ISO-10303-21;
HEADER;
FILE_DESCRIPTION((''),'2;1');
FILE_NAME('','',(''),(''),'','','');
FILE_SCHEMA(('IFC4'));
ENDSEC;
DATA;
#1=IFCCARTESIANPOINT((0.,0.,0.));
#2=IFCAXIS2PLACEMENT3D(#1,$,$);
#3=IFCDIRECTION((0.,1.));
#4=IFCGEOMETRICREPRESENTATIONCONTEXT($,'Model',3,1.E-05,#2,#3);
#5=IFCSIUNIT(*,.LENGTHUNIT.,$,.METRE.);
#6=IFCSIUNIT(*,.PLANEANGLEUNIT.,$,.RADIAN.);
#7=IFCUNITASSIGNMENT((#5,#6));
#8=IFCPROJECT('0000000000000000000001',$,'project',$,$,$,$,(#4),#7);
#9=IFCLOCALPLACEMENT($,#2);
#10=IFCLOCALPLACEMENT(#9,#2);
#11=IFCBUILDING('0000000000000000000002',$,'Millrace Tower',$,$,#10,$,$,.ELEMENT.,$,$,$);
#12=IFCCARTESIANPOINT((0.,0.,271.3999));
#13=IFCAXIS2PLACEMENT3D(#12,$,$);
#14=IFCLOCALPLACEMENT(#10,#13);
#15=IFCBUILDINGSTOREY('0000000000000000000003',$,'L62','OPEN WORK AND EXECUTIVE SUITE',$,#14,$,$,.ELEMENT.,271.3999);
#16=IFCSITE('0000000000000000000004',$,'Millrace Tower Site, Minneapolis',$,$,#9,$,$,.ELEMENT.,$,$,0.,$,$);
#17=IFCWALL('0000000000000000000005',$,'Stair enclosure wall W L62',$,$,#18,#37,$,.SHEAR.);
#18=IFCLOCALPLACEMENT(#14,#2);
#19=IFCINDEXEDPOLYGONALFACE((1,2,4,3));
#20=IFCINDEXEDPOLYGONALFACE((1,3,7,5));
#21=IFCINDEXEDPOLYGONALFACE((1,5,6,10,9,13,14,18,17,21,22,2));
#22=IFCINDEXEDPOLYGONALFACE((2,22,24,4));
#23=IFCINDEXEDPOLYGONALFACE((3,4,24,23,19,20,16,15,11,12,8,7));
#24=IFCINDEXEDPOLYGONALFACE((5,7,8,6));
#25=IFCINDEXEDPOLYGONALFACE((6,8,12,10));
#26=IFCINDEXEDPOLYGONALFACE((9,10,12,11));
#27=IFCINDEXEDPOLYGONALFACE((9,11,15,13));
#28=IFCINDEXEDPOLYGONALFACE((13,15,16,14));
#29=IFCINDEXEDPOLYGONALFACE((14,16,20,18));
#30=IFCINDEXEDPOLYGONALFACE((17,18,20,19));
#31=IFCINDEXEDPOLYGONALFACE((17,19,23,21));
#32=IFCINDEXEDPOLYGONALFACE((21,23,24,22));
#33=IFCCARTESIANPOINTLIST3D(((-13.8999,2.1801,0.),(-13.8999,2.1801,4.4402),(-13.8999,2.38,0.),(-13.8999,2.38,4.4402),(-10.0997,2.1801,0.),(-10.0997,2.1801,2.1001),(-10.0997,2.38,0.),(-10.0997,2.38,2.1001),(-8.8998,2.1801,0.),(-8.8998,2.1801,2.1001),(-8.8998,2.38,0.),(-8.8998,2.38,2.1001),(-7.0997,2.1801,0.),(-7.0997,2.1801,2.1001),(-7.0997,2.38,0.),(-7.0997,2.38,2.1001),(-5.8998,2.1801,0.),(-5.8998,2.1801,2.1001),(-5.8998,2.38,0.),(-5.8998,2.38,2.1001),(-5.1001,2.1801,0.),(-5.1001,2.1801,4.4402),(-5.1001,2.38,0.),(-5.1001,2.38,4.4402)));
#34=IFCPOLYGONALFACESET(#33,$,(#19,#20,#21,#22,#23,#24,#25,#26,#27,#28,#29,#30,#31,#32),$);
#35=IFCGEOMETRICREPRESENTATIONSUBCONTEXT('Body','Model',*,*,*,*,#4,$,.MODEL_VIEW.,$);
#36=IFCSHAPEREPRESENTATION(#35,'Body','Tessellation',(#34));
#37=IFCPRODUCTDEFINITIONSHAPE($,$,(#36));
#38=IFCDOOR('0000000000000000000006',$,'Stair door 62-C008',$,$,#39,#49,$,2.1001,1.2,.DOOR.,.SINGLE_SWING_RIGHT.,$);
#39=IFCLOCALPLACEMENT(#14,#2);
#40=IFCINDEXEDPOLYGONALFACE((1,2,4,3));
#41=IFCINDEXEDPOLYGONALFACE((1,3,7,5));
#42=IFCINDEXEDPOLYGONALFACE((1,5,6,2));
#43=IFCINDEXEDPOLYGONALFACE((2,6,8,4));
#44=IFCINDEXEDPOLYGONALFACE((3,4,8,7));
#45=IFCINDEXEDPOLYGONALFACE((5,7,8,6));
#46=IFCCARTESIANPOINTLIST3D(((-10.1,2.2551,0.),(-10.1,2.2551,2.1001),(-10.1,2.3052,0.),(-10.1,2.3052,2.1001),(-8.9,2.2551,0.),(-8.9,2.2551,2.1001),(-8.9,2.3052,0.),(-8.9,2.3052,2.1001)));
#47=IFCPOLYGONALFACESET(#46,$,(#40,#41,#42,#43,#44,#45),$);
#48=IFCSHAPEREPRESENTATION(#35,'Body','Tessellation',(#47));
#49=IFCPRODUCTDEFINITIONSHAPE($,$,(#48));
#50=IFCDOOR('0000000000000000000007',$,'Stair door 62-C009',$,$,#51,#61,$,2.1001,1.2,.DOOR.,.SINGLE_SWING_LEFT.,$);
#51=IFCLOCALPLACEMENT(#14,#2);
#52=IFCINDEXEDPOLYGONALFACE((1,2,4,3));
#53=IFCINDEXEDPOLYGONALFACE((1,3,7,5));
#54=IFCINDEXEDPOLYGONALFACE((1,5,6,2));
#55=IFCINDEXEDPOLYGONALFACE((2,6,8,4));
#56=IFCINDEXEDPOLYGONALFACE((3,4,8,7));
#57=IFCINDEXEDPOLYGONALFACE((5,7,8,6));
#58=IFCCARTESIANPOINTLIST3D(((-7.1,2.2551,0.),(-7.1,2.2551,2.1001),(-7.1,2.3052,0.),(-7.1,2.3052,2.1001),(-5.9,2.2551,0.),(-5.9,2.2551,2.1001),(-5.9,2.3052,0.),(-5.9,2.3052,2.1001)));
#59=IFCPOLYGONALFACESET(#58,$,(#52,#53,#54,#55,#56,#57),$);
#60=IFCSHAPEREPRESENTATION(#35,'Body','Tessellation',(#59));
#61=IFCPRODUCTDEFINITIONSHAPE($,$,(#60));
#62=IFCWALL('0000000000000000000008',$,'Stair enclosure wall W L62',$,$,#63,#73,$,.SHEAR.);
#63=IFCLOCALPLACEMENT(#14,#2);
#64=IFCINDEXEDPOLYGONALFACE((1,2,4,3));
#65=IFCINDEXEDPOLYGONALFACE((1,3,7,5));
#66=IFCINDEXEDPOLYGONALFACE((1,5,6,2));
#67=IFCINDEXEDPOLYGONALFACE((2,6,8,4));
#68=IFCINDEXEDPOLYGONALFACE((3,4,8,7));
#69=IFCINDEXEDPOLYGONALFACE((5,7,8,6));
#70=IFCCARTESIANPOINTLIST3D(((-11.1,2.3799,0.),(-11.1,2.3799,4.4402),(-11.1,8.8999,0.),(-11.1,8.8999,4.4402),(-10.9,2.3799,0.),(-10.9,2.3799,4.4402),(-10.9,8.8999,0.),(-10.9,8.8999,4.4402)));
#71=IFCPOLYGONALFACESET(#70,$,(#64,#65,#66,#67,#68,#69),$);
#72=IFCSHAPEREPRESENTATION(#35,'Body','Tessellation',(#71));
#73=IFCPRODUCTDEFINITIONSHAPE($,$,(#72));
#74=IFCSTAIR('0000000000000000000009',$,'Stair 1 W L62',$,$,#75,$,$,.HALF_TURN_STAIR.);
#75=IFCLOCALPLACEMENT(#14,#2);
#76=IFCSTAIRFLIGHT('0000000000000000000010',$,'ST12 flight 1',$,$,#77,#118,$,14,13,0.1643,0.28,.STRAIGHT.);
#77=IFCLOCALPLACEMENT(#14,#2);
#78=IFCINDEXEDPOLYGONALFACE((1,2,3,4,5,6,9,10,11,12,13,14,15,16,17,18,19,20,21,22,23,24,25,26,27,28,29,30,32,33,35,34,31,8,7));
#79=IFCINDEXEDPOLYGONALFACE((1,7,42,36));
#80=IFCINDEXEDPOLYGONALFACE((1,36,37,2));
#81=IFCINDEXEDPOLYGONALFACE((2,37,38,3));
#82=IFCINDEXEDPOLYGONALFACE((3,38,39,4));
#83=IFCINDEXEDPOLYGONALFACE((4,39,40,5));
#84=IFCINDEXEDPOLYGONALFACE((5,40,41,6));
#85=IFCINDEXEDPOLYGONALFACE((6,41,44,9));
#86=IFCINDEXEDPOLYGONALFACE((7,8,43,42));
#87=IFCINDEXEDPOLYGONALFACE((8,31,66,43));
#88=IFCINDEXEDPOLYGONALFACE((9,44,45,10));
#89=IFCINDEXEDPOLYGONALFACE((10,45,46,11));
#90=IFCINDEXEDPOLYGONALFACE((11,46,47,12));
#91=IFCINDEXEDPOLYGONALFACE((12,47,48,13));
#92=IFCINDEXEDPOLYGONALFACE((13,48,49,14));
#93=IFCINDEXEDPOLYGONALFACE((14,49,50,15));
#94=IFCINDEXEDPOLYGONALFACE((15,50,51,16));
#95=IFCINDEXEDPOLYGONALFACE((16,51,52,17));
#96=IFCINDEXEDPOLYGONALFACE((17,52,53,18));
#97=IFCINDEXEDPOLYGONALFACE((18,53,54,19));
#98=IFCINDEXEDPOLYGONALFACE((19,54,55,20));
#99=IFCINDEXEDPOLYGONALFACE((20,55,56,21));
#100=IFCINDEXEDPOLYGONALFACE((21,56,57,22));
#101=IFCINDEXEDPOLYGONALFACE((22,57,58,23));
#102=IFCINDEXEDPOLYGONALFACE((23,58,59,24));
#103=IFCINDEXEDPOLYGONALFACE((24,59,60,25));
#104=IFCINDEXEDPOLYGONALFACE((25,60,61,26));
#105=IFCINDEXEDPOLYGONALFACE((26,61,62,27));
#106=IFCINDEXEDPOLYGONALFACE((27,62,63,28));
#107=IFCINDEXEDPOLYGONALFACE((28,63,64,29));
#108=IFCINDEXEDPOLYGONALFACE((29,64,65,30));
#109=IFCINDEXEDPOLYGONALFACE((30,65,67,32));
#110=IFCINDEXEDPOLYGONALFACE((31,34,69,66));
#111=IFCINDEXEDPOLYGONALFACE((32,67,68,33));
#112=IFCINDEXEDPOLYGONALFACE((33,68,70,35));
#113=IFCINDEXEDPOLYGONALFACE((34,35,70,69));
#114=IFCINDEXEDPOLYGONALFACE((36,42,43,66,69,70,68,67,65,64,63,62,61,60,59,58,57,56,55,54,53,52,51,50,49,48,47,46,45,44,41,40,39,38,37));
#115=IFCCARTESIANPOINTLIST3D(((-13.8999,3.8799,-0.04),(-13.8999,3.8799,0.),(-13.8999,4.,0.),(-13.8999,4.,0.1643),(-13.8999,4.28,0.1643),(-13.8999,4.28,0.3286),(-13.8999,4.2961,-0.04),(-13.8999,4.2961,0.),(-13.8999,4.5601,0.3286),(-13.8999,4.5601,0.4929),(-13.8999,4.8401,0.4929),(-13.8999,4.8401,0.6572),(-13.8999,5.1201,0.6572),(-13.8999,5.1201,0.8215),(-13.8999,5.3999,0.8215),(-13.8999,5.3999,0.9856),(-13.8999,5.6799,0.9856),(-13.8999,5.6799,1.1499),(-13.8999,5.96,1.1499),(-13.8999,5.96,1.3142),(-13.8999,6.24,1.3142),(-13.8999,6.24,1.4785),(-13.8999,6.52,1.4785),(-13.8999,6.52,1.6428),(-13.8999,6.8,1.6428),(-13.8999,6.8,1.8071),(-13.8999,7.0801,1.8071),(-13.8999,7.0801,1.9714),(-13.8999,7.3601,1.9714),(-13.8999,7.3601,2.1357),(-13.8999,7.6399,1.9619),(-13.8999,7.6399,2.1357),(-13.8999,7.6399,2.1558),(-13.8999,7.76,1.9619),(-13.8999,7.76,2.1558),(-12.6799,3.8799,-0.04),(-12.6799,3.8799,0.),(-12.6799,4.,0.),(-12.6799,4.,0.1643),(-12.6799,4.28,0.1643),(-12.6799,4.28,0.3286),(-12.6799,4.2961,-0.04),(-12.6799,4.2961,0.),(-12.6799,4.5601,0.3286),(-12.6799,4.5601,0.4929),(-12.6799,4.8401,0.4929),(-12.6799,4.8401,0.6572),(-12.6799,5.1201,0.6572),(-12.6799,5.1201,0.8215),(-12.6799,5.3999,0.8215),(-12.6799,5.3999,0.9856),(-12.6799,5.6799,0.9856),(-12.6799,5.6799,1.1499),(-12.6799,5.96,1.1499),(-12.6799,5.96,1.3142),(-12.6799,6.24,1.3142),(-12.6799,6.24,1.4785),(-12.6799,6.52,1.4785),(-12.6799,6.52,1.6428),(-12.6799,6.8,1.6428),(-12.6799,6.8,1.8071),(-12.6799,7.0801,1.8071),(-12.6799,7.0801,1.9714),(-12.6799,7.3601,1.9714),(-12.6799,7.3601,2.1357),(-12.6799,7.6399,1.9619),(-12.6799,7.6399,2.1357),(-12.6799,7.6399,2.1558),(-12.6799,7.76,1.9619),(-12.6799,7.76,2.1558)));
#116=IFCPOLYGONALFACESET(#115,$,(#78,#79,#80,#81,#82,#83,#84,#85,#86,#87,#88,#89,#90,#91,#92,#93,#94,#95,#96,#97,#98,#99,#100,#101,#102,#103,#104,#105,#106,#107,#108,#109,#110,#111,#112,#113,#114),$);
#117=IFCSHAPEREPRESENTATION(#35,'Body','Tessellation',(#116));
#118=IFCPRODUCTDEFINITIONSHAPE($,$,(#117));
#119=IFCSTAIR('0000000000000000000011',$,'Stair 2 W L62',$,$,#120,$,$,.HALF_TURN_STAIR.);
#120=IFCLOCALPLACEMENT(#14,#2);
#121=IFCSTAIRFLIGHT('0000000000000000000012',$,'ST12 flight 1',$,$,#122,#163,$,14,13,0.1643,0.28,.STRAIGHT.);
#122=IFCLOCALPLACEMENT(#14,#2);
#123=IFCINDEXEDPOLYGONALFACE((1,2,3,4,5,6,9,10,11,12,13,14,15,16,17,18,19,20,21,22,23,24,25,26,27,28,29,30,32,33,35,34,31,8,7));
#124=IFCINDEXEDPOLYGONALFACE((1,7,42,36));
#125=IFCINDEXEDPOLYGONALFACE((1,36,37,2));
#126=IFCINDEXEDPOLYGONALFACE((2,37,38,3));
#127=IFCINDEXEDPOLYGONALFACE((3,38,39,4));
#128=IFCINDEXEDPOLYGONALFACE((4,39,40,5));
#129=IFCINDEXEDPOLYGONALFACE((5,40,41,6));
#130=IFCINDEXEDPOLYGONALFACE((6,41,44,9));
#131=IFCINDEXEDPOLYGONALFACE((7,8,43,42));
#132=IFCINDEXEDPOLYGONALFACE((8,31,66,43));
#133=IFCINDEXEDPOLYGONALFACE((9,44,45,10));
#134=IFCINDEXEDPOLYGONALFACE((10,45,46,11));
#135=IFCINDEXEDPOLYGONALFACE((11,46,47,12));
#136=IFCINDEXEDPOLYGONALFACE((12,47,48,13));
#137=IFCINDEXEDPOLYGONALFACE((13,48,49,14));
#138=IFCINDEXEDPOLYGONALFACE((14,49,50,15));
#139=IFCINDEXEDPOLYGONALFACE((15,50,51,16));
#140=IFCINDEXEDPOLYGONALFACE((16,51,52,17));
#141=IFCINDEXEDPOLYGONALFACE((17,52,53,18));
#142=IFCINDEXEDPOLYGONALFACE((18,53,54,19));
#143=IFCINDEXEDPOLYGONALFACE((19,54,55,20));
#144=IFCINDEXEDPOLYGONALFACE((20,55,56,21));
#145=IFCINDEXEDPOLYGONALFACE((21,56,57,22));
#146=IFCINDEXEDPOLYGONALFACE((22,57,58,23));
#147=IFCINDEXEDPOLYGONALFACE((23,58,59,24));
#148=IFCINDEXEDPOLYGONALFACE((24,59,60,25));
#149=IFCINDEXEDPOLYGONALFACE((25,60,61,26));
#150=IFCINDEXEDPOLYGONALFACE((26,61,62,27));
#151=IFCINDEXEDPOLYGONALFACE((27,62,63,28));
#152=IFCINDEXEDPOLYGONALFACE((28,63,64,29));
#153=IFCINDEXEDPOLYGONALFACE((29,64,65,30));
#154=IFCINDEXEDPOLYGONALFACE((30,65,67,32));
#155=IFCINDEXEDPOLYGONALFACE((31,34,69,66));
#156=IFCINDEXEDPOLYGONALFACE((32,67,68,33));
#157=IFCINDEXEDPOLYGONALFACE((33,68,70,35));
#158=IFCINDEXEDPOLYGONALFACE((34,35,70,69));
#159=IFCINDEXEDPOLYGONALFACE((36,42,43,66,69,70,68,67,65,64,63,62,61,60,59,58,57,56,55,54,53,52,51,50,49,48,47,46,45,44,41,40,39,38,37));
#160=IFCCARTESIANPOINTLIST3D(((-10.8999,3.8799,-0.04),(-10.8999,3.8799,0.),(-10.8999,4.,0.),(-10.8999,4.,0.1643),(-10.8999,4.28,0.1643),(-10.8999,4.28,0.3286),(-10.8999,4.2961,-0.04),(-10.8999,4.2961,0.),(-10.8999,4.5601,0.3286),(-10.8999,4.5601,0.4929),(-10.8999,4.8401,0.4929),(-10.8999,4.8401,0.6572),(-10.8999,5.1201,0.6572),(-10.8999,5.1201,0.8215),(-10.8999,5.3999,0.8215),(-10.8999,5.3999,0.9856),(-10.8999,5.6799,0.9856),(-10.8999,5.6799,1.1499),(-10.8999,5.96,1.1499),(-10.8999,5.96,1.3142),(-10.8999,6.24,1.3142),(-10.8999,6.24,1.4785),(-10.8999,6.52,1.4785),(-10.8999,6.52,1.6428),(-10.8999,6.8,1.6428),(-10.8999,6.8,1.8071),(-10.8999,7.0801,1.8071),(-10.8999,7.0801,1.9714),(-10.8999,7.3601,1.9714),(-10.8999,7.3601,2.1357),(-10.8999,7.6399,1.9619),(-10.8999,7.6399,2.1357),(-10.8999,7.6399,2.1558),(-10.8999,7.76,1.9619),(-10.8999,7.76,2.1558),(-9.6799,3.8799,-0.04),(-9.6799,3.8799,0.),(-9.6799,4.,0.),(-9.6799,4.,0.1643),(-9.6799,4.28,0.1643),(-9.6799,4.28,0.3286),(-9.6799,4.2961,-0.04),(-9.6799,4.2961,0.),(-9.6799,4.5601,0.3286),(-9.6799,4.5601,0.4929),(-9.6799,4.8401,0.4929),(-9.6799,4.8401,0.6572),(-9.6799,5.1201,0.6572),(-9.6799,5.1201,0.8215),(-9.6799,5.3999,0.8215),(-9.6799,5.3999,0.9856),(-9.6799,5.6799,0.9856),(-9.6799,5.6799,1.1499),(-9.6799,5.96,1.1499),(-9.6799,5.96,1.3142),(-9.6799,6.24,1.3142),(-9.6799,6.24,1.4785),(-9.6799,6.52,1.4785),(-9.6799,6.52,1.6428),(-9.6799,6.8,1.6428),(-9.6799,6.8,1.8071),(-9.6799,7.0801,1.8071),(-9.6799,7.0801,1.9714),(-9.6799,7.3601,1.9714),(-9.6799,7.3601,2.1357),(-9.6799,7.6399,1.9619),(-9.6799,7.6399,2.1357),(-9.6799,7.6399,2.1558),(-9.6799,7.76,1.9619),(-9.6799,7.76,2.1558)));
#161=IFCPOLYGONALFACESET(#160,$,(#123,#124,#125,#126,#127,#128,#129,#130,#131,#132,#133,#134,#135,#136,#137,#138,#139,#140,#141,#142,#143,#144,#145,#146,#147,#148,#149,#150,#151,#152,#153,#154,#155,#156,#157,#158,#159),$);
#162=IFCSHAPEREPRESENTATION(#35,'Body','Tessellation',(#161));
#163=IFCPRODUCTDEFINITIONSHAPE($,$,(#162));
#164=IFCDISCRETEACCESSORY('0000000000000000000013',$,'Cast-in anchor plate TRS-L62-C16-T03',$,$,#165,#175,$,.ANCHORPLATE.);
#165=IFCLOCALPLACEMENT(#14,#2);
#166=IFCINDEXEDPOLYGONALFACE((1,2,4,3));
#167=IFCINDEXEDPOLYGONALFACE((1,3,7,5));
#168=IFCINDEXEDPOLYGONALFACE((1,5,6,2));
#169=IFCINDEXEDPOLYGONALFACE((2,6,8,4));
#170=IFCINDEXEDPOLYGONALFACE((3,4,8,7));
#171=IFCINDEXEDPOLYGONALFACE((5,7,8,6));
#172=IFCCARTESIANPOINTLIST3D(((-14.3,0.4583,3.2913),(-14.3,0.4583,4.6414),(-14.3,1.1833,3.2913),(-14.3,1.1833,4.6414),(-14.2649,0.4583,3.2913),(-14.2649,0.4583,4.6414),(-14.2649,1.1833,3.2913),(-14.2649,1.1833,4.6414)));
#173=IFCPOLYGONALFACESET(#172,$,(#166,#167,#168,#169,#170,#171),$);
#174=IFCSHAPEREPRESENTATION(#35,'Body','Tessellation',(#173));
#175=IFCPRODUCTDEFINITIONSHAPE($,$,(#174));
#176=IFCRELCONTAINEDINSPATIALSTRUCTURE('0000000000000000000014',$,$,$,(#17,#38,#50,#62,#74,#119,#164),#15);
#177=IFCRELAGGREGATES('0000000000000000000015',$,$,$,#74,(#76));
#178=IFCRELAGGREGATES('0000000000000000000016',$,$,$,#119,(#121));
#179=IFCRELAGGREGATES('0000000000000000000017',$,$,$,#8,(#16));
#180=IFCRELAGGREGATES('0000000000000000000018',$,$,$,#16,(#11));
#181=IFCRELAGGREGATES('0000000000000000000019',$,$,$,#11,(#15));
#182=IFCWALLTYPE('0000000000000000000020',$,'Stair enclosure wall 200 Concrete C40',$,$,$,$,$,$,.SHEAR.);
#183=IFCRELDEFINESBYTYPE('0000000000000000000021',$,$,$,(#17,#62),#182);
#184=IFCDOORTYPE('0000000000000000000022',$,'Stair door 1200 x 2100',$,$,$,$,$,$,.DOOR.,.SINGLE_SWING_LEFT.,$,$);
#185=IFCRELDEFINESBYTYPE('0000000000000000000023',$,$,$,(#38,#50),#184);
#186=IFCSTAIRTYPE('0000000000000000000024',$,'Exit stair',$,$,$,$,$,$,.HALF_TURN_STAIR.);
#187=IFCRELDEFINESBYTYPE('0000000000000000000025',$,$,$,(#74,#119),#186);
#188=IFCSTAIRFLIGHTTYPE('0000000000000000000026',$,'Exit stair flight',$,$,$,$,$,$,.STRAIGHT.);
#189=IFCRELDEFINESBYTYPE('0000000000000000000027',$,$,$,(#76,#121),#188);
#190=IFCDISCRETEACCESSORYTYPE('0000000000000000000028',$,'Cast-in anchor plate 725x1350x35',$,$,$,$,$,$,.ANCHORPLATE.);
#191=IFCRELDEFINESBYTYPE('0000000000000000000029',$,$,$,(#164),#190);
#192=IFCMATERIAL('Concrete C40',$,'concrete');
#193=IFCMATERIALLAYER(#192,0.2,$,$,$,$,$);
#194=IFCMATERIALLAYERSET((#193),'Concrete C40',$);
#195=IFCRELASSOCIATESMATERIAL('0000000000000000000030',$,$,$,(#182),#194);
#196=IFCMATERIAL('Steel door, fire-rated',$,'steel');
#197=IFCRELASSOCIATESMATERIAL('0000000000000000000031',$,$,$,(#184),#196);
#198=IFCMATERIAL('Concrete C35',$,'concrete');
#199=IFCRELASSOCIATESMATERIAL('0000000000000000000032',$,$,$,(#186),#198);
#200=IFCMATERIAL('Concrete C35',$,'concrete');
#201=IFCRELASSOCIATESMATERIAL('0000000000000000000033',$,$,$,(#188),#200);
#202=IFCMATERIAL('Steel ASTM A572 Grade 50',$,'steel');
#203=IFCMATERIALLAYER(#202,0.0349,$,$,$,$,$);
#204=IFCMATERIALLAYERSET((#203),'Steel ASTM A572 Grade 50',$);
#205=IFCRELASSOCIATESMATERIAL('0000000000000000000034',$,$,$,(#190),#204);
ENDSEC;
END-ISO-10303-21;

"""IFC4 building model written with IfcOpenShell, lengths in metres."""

from ifc_helpers import new_model, si_unit, direction, frame, frame_2d, origin, origin_2d, place, context, subcontext, project, spatial, polyline, rectangle, outline, extrude, material, layer, layer_set, type_object, element, fill, aggregate, save


model = new_model("IFC4")

# Units and contexts
model_context = context("Model", 3, precision=1e-05, world=origin(), true_north=direction((0.0, 1.0)))
body_context = subcontext(model_context, "Body", "Model", "MODEL_VIEW")
ifc_project = project(units=[si_unit("LENGTHUNIT", "METRE"), si_unit("PLANEANGLEUNIT", "RADIAN")], contexts=[model_context])

# Site, building, storey
site_placement = place(None, origin())
site = spatial("IfcSite", under=ifc_project, at=site_placement, Name="Millrace Tower Site, Minneapolis", CompositionType="ELEMENT", RefElevation=0.0)
building_placement = place(site_placement, origin())
building = spatial("IfcBuilding", under=site, at=building_placement, Name="Millrace Tower", CompositionType="ELEMENT")
storey_placement = place(building_placement, frame((0.0, 0.0, 271.3999)))
storey = spatial("IfcBuildingStorey", under=building, at=storey_placement, Name="L62", Description="OPEN WORK AND EXECUTIVE SUITE", CompositionType="ELEMENT", Elevation=271.3999)

# Shared definitions
ifc_material_1 = material(Name="Concrete C40", Category="concrete")
ifc_layer_1 = layer(ifc_material_1, 0.2)
ifc_layer_set_1 = layer_set([ifc_layer_1], Name="Concrete C40")
wall_type_1 = type_object("IfcWallType", Name="Stair enclosure wall 200 Concrete C40", PredefinedType="SHEAR", material=ifc_layer_set_1)

# Wall, openings, doors
wall_1_placement = place(storey_placement, frame((-13.8999, 2.28, 0.0), z_axis=(0.0, 0.0, 1.0), x_axis=(1.0, 0.0, 0.0)))
wall_1 = element("IfcWall", 1, at=wall_1_placement, inside=storey, type_object=wall_type_1, Name="Stair enclosure wall W L62", PredefinedType="SHEAR", context=body_context, shape_type="SweptSolid", body=[
    extrude(rectangle(XDim=8.7998, YDim=0.2, at=frame_2d((4.3999, 0.0))), origin(), (0.0, 0.0, 1.0), 4.4402),
])
opening_1_placement = place(wall_1_placement, frame((3.8, 0.0, 0.0)))
opening_1 = element("IfcOpeningElement", 2, at=opening_1_placement, cuts=wall_1, PredefinedType="OPENING", context=body_context, shape_type="SweptSolid", body=[
    extrude(rectangle(XDim=1.2, YDim=2.1001, at=frame_2d((0.6001, 1.05))), frame((0.0, 0.1099, 0.0), z_axis=(0.0, -1.0, 0.0), x_axis=(1.0, 0.0, 0.0)), (0.0, 0.0, 1.0), 0.22),
])
opening_2_placement = place(wall_1_placement, frame((6.8, 0.0, 0.0)))
opening_2 = element("IfcOpeningElement", 3, at=opening_2_placement, cuts=wall_1, PredefinedType="OPENING", context=body_context, shape_type="SweptSolid", body=[
    extrude(rectangle(XDim=1.2, YDim=2.1001, at=frame_2d((0.6001, 1.05))), frame((0.0, 0.1099, 0.0), z_axis=(0.0, -1.0, 0.0), x_axis=(1.0, 0.0, 0.0)), (0.0, 0.0, 1.0), 0.22),
])
ifc_material_2 = material(Name="Steel door, fire-rated", Category="steel")
door_type_1 = type_object("IfcDoorType", Name="Stair door 1200 x 2100", OperationType="SINGLE_SWING_LEFT", PredefinedType="DOOR", material=ifc_material_2)
door_1_placement = place(opening_1_placement, frame((1.2, 0.0, 0.0), z_axis=(0.0, 0.0, 1.0), x_axis=(-1.0, 0.0, 0.0)))
door_1 = element("IfcDoor", 4, at=door_1_placement, inside=storey, type_object=door_type_1, Name="Stair door 62-C008", OperationType="SINGLE_SWING_RIGHT", OverallHeight=2.1001, OverallWidth=1.2, PredefinedType="DOOR", context=body_context, shape_type="SweptSolid", body=[
    extrude(rectangle(XDim=1.2, YDim=2.1001, at=frame_2d((0.6001, 1.05))), frame((0.0, 0.0249, 0.0), z_axis=(0.0, -1.0, 0.0), x_axis=(1.0, 0.0, 0.0)), (0.0, 0.0, 1.0), 0.05),
])
fill(opening_1, door_1)
door_2_placement = place(opening_2_placement, frame((1.2, 0.0, 0.0), z_axis=(0.0, 0.0, 1.0), x_axis=(-1.0, 0.0, 0.0)))
door_2 = element("IfcDoor", 5, at=door_2_placement, inside=storey, type_object=door_type_1, Name="Stair door 62-C009", OperationType="SINGLE_SWING_LEFT", OverallHeight=2.1001, OverallWidth=1.2, PredefinedType="DOOR", context=body_context, shape_type="SweptSolid", body=[
    extrude(rectangle(XDim=1.2, YDim=2.1001, at=frame_2d((0.6001, 1.05))), frame((0.0, 0.0249, 0.0), z_axis=(0.0, -1.0, 0.0), x_axis=(1.0, 0.0, 0.0)), (0.0, 0.0, 1.0), 0.05),
])
fill(opening_2, door_2)

# Wall
wall_2_placement = place(storey_placement, frame((-11.0, 2.3799, 0.0), z_axis=(0.0, 0.0, 1.0), x_axis=(0.0, 1.0, 0.0)))
element("IfcWall", 6, at=wall_2_placement, inside=storey, type_object=wall_type_1, Name="Stair enclosure wall W L62", PredefinedType="SHEAR", context=body_context, shape_type="SweptSolid", body=[
    extrude(rectangle(XDim=6.52, YDim=0.2, at=frame_2d((3.26, 0.0))), origin(), (0.0, 0.0, 1.0), 4.4402),
])

# Stairs, stair flights
ifc_material_3 = material(Name="Concrete C35", Category="concrete")
stair_type = type_object("IfcStairType", Name="Exit stair", PredefinedType="HALF_TURN_STAIR", material=ifc_material_3)
placement = place(storey_placement, origin())
stair_1 = element("IfcStair", 7, at=placement, inside=storey, type_object=stair_type, Name="Stair 1 W L62", PredefinedType="HALF_TURN_STAIR")
ifc_material_4 = material(Name="Concrete C35", Category="concrete")
stair_flight_type = type_object("IfcStairFlightType", Name="Exit stair flight", PredefinedType="STRAIGHT", material=ifc_material_4)
stair_flight_1_placement = place(storey_placement, frame((-13.29, 4.0, 0.0), z_axis=(0.0, 0.0, 1.0), x_axis=(0.0, 1.0, 0.0)))
stair_flight_1 = element("IfcStairFlight", 8, at=stair_flight_1_placement, type_object=stair_flight_type, Name="ST12 flight 1", NumberOfRisers=14, NumberOfTreads=13, PredefinedType="STRAIGHT", RiserHeight=0.1643, TreadLength=0.28, context=body_context, shape_type="SweptSolid", body=[
    extrude(outline(polyline([(-0.1201, -0.04), (-0.1201, 0.0), (0.0, 0.0), (0.0, 0.1643), (0.28, 0.1643), (0.28, 0.3286), (0.5601, 0.3286), (0.5601, 0.4929), (0.8401, 0.4929), (0.8401, 0.6572), (1.1201, 0.6572), (1.1201, 0.8215), (1.3999, 0.8215), (1.3999, 0.9856), (1.6799, 0.9856), (1.6799, 1.1499), (1.96, 1.1499), (1.96, 1.3142), (2.24, 1.3142), (2.24, 1.4785), (2.52, 1.4785), (2.52, 1.6428), (2.8, 1.6428), (2.8, 1.8071), (3.0801, 1.8071), (3.0801, 1.9714), (3.3601, 1.9714), (3.3601, 2.1357), (3.6399, 2.1357), (3.6399, 2.1558), (3.76, 2.1558), (3.76, 1.9619), (3.6399, 1.9619), (0.2961, 0.0), (0.2961, -0.04), (-0.1201, -0.04)])), frame((0.0, 0.6099, 0.0), z_axis=(0.0, -1.0, 0.0), x_axis=(1.0, 0.0, 0.0)), (0.0, 0.0, 1.0), 1.22),
])
aggregate(stair_1, [stair_flight_1])
stair_2 = element("IfcStair", 9, at=placement, inside=storey, type_object=stair_type, Name="Stair 2 W L62", PredefinedType="HALF_TURN_STAIR")
stair_flight_2_placement = place(storey_placement, frame((-10.29, 4.0, 0.0), z_axis=(0.0, 0.0, 1.0), x_axis=(0.0, 1.0, 0.0)))
stair_flight_2 = element("IfcStairFlight", 10, at=stair_flight_2_placement, type_object=stair_flight_type, Name="ST12 flight 1", NumberOfRisers=14, NumberOfTreads=13, PredefinedType="STRAIGHT", RiserHeight=0.1643, TreadLength=0.28, context=body_context, shape_type="SweptSolid", body=[
    extrude(outline(polyline([(-0.1201, -0.04), (-0.1201, 0.0), (0.0, 0.0), (0.0, 0.1643), (0.28, 0.1643), (0.28, 0.3286), (0.5601, 0.3286), (0.5601, 0.4929), (0.8401, 0.4929), (0.8401, 0.6572), (1.1201, 0.6572), (1.1201, 0.8215), (1.3999, 0.8215), (1.3999, 0.9856), (1.6799, 0.9856), (1.6799, 1.1499), (1.96, 1.1499), (1.96, 1.3142), (2.24, 1.3142), (2.24, 1.4785), (2.52, 1.4785), (2.52, 1.6428), (2.8, 1.6428), (2.8, 1.8071), (3.0801, 1.8071), (3.0801, 1.9714), (3.3601, 1.9714), (3.3601, 2.1357), (3.6399, 2.1357), (3.6399, 2.1558), (3.76, 2.1558), (3.76, 1.9619), (3.6399, 1.9619), (0.2961, 0.0), (0.2961, -0.04), (-0.1201, -0.04)])), frame((0.0, 0.6099, 0.0), z_axis=(0.0, -1.0, 0.0), x_axis=(1.0, 0.0, 0.0)), (0.0, 0.0, 1.0), 1.22),
])
aggregate(stair_2, [stair_flight_2])

# Discrete accessory
ifc_material_5 = material(Name="Steel ASTM A572 Grade 50", Category="steel")
ifc_layer_2 = layer(ifc_material_5, 0.0349)
ifc_layer_set_2 = layer_set([ifc_layer_2], Name="Steel ASTM A572 Grade 50")
discrete_accessory_type = type_object("IfcDiscreteAccessoryType", Name="Cast-in anchor plate 725x1350x35", PredefinedType="ANCHORPLATE", material=ifc_layer_set_2)
discrete_accessory_placement = place(storey_placement, frame((-14.2649, 0.8208, 3.9663), z_axis=(-1.0, 0.0, 0.0), x_axis=(0.0, -1.0, 0.0)))
element("IfcDiscreteAccessory", 11, at=discrete_accessory_placement, inside=storey, type_object=discrete_accessory_type, Name="Cast-in anchor plate TRS-L62-C16-T03", PredefinedType="ANCHORPLATE", context=body_context, shape_type="SweptSolid", body=[
    extrude(rectangle(XDim=0.7251, YDim=1.3501, at=origin_2d()), origin(), (0.0, 0.0, 1.0), 0.0352),
])

save(model, "model.ifc")
